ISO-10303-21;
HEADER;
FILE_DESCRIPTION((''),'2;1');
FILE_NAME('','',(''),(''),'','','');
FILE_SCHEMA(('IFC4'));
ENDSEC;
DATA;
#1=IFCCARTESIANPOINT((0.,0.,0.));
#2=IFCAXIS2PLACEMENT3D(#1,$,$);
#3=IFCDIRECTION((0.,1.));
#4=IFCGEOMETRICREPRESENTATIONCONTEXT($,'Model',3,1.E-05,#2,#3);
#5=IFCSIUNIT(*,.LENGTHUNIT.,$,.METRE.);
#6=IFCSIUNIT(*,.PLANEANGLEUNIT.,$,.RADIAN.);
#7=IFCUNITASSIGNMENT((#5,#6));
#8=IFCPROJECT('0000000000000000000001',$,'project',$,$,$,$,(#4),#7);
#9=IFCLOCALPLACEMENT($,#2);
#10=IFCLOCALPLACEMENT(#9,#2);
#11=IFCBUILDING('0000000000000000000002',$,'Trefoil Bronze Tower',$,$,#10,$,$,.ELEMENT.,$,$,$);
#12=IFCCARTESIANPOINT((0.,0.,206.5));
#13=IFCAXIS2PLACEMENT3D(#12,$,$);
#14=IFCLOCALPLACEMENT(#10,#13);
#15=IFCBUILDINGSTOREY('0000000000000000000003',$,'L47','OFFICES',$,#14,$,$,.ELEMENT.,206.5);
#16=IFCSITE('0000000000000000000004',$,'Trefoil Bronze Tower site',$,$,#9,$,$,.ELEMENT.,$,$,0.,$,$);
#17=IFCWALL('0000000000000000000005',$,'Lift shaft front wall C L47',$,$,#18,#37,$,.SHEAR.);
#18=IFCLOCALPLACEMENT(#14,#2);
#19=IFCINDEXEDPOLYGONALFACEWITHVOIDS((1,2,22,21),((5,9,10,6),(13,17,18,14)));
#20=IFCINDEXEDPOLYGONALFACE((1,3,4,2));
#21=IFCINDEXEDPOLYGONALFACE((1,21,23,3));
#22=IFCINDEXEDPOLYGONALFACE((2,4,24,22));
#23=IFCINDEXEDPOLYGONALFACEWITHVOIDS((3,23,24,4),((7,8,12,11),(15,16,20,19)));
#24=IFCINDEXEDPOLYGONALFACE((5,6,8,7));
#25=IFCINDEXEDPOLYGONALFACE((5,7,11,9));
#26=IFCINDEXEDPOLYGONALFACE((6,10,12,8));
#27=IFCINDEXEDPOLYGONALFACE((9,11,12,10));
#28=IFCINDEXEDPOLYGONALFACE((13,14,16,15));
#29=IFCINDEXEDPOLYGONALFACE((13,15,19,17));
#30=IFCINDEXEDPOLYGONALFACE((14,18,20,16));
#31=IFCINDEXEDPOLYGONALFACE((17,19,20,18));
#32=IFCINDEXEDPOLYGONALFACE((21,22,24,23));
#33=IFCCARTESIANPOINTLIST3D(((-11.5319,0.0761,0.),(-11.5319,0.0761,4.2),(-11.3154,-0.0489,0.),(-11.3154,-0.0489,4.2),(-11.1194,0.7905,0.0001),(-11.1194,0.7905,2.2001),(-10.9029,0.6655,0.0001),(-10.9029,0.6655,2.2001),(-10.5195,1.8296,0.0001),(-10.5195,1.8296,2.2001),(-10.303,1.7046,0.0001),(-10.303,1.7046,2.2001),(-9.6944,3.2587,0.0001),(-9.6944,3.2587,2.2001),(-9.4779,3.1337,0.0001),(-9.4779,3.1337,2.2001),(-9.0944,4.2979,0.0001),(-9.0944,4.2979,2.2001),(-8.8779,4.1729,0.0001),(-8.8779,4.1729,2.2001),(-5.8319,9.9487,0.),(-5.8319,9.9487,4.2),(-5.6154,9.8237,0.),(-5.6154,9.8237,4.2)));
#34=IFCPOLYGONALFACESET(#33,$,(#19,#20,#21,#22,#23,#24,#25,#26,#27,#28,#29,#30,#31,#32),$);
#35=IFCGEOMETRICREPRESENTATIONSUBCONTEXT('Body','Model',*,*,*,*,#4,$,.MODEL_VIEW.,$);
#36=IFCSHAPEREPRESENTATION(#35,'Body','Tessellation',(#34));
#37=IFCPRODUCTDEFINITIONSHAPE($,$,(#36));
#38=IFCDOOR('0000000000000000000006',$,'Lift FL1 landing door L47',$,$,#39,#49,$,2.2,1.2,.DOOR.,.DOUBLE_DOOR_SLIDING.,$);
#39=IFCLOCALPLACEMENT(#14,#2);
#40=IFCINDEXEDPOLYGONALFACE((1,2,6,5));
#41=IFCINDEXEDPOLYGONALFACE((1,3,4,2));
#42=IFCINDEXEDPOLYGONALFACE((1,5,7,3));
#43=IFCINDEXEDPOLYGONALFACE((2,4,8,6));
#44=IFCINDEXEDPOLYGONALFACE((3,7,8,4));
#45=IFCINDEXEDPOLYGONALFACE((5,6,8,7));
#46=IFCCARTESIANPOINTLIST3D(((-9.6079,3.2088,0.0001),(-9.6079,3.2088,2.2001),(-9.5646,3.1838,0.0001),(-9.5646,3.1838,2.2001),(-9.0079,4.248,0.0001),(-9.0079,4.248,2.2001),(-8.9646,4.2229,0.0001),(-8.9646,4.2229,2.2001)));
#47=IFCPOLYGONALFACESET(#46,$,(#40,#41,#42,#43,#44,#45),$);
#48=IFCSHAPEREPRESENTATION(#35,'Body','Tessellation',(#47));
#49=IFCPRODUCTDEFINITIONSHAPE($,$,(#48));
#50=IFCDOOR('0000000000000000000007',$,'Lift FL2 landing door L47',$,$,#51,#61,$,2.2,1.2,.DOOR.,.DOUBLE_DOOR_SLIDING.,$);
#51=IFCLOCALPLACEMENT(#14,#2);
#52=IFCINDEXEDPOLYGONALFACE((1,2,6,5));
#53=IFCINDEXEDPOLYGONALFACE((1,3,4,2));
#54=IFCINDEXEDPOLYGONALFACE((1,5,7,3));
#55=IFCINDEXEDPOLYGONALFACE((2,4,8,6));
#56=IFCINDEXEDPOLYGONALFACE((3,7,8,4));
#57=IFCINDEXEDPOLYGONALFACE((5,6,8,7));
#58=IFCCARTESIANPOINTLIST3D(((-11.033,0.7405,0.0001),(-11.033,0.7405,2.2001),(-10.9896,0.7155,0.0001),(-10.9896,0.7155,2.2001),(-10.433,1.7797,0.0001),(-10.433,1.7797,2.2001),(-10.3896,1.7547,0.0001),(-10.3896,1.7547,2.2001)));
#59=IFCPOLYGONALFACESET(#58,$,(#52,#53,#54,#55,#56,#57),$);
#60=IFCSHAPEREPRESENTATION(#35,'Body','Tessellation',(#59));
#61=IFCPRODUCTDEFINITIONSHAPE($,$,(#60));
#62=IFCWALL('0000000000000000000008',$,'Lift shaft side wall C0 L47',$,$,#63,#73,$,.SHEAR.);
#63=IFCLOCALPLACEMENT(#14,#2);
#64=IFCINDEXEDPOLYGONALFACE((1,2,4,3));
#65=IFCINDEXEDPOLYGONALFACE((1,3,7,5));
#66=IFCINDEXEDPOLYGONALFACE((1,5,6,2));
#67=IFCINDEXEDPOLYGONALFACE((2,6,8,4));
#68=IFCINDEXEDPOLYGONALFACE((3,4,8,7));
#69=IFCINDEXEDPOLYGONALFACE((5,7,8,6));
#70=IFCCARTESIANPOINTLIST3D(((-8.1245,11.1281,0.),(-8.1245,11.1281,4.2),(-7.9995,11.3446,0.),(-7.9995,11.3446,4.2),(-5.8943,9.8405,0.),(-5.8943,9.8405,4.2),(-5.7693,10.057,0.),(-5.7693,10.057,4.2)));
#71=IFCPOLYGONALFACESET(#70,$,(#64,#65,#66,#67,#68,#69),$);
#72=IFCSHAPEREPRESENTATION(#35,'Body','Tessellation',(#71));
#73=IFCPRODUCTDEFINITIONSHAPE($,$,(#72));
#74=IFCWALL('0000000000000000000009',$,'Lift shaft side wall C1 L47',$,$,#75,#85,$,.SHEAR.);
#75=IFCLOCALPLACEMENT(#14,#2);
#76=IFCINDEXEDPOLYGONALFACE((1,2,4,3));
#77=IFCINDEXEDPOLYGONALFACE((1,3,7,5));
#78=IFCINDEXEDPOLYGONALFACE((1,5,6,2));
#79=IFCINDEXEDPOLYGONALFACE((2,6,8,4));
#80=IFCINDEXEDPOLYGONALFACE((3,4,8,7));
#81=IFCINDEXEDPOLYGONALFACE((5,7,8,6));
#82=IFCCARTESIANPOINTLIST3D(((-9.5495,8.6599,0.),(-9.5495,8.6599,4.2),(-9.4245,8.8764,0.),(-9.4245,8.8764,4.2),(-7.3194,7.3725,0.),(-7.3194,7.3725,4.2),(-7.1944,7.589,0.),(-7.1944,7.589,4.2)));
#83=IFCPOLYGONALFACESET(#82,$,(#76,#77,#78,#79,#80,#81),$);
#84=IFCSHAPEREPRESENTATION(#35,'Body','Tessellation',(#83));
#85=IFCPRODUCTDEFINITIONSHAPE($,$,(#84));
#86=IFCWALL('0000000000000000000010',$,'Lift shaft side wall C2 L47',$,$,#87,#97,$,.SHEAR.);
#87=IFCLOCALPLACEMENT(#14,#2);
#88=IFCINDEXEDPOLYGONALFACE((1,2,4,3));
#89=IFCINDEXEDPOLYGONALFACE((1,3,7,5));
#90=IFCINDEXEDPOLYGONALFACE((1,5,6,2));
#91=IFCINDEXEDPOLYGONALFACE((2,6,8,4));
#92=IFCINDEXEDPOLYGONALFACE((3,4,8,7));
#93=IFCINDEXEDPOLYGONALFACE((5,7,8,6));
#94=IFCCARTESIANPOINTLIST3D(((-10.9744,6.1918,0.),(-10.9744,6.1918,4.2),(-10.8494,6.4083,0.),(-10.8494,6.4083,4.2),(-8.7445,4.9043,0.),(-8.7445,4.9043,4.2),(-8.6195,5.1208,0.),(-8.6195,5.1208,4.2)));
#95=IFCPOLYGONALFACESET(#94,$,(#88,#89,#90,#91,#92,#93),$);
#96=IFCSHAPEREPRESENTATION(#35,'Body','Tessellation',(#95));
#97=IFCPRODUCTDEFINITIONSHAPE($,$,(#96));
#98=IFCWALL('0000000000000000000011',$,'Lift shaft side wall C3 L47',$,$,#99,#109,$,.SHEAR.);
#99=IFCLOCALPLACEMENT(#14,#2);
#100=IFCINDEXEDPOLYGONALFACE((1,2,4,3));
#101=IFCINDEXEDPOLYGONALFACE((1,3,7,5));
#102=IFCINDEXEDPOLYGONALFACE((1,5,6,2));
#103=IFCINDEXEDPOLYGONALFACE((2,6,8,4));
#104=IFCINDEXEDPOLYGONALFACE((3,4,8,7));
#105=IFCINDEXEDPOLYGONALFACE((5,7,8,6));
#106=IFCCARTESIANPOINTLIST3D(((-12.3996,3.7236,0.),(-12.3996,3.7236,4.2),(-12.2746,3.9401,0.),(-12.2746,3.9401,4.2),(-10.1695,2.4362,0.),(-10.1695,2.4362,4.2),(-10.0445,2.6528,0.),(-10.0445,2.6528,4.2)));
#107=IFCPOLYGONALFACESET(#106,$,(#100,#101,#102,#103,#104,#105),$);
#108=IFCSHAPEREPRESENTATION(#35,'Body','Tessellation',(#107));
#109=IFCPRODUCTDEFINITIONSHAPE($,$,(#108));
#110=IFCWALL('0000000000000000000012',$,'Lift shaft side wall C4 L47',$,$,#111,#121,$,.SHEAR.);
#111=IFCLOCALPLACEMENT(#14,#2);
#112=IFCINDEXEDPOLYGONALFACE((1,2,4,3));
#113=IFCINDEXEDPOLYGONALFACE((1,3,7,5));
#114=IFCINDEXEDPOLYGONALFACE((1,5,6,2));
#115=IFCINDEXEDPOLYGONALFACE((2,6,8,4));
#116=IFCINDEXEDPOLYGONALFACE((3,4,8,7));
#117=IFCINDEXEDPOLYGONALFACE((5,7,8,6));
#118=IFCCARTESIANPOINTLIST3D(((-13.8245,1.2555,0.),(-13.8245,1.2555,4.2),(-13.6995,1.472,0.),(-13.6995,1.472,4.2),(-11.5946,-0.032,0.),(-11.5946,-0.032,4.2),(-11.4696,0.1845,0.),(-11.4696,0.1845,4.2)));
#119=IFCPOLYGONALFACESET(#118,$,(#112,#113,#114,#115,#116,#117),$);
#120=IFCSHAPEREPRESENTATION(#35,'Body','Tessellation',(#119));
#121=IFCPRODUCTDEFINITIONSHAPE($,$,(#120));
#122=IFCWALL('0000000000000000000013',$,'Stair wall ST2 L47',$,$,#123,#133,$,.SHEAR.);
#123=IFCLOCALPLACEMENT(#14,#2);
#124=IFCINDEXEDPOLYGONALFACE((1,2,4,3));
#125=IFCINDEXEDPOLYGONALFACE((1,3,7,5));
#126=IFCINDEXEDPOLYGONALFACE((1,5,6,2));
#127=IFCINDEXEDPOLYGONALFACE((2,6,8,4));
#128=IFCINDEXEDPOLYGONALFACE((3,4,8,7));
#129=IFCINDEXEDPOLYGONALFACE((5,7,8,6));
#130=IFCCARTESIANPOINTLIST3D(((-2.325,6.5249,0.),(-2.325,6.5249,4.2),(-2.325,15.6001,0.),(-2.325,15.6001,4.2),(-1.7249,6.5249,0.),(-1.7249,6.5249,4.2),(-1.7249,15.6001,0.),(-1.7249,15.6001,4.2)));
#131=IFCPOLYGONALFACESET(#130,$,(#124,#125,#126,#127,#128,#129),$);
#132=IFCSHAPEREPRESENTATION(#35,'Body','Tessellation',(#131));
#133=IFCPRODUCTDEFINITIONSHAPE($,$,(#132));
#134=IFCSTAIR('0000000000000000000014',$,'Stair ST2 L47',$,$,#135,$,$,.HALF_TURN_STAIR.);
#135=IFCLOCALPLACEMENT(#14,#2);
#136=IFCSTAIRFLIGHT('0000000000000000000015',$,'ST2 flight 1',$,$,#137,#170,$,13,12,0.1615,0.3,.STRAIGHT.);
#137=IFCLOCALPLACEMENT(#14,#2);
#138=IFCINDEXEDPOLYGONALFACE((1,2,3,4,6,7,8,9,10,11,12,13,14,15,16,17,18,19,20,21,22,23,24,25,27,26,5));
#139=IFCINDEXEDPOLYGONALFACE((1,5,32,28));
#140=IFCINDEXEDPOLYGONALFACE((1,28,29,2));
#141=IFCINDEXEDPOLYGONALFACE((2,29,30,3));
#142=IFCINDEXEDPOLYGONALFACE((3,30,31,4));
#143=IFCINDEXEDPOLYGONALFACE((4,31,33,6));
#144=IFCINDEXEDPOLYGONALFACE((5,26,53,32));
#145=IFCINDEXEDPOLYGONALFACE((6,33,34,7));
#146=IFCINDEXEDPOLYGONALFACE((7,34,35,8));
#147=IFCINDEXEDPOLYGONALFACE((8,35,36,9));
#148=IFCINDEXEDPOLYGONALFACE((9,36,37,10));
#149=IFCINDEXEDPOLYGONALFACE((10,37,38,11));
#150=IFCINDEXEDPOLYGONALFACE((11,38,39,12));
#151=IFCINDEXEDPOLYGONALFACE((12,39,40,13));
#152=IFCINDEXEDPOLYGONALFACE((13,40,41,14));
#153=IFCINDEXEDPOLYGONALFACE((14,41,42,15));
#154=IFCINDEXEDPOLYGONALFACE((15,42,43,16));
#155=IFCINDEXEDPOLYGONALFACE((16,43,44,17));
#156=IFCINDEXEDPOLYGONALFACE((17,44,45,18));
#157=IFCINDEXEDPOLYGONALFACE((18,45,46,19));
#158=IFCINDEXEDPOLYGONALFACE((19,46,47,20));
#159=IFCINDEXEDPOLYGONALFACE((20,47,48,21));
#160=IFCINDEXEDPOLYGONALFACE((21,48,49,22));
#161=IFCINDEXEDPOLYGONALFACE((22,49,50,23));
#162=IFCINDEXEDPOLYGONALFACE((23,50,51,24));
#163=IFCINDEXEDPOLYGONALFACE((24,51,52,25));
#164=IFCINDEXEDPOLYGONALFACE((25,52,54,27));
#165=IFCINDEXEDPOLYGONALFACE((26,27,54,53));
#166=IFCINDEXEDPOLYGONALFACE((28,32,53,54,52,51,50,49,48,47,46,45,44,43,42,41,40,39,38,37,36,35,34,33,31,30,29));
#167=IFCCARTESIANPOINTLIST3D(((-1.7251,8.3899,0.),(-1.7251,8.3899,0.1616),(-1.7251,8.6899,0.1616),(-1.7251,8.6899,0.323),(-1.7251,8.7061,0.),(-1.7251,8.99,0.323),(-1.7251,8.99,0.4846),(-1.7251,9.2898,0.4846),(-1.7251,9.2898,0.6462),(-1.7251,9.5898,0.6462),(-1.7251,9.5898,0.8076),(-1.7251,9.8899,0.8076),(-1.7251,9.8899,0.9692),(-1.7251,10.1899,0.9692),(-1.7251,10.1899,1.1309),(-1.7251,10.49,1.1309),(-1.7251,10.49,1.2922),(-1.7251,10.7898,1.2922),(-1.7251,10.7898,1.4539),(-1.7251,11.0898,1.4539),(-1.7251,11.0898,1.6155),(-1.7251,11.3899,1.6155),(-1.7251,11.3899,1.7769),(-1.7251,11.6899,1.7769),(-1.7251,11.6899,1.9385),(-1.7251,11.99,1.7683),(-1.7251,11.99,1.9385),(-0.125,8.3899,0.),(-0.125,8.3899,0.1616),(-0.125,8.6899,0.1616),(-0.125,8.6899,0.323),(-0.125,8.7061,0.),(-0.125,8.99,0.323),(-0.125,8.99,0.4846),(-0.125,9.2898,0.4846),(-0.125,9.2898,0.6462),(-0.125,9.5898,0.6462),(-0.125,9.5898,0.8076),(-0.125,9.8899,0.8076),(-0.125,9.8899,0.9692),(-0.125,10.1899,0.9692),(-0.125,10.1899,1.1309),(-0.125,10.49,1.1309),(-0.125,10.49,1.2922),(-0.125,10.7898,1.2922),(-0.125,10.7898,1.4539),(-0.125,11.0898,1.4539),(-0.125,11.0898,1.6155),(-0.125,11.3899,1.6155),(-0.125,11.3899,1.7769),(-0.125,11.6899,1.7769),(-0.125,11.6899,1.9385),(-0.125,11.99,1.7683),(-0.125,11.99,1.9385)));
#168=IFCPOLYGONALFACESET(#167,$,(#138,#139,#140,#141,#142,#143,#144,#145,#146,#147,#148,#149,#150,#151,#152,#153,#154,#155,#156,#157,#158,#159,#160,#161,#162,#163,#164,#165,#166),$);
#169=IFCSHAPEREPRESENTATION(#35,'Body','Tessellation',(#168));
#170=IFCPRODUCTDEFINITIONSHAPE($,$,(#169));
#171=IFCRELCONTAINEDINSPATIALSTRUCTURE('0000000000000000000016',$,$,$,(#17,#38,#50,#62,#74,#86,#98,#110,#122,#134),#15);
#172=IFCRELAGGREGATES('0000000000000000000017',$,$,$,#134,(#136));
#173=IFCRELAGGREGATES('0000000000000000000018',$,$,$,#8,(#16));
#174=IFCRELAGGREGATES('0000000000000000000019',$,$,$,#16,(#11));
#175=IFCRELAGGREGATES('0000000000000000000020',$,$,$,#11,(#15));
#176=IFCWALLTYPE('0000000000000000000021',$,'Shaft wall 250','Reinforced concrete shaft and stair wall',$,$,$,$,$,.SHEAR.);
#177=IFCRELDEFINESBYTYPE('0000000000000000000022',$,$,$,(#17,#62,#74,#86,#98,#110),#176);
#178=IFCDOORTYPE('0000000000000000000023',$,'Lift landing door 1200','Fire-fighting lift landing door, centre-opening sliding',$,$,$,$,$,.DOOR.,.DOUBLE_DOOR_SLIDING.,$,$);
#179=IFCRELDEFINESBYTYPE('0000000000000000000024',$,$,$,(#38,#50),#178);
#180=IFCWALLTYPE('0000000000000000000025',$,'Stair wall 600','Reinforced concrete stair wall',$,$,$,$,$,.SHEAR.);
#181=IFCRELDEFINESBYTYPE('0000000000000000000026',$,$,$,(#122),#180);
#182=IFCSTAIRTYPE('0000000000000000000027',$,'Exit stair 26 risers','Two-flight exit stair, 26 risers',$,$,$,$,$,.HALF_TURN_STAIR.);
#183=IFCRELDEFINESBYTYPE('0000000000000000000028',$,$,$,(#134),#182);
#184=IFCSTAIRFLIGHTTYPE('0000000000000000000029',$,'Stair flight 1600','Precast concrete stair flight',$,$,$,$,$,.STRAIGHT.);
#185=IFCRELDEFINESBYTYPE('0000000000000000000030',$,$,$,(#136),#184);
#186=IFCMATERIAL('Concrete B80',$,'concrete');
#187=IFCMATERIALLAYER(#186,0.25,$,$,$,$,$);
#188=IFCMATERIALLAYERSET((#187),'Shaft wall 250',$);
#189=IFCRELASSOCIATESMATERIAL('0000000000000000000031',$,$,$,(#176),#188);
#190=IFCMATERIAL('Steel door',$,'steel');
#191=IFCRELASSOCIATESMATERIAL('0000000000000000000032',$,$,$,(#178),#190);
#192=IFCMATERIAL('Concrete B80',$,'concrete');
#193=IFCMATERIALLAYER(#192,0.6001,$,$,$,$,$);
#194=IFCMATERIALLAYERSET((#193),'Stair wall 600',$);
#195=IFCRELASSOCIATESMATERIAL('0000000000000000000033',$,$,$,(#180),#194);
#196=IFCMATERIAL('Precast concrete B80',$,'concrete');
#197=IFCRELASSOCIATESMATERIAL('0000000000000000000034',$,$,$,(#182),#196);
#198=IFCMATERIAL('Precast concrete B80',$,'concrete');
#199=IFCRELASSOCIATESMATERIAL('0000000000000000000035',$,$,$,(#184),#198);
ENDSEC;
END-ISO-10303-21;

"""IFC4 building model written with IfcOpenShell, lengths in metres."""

from ifc_helpers import new_model, si_unit, direction, frame, frame_2d, origin, place, context, subcontext, project, spatial, polyline, rectangle, outline, extrude, material, layer, layer_set, type_object, element, fill, aggregate, save


model = new_model("IFC4")

# Units and contexts
model_context = context("Model", 3, precision=1e-05, world=origin(), true_north=direction((0.0, 1.0)))
body_context = subcontext(model_context, "Body", "Model", "MODEL_VIEW")
ifc_project = project(units=[si_unit("LENGTHUNIT", "METRE"), si_unit("PLANEANGLEUNIT", "RADIAN")], contexts=[model_context])

# Site, building, storey
site_placement = place(None, origin())
site = spatial("IfcSite", under=ifc_project, at=site_placement, Name="Trefoil Bronze Tower site", CompositionType="ELEMENT", RefElevation=0.0)
building_placement = place(site_placement, origin())
building = spatial("IfcBuilding", under=site, at=building_placement, Name="Trefoil Bronze Tower", CompositionType="ELEMENT")
storey_placement = place(building_placement, frame((0.0, 0.0, 206.5)))
storey = spatial("IfcBuildingStorey", under=building, at=storey_placement, Name="L47", Description="OFFICES", CompositionType="ELEMENT", Elevation=206.5)

# Wall, openings, doors
ifc_material_1 = material(Name="Concrete B80", Category="concrete")
ifc_layer_1 = layer(ifc_material_1, 0.25)
ifc_layer_set_1 = layer_set([ifc_layer_1], Name="Shaft wall 250")
wall_type_1 = type_object("IfcWallType", Name="Shaft wall 250", Description="Reinforced concrete shaft and stair wall", PredefinedType="SHEAR", material=ifc_layer_set_1)
wall_1_placement = place(storey_placement, frame((-5.7236, 9.8862, 0.0), z_axis=(0.0, 0.0, 1.0), x_axis=(-0.500002, -0.866024, 0.0)))
wall_1 = element("IfcWall", 1, at=wall_1_placement, inside=storey, type_object=wall_type_1, Name="Lift shaft front wall C L47", PredefinedType="SHEAR", context=body_context, shape_type="SweptSolid", body=[
    extrude(rectangle(XDim=11.3999, YDim=0.25, at=frame_2d((5.7, 0.0))), origin(), (0.0, 0.0, 1.0), 4.2),
])
opening_1_placement = place(wall_1_placement, frame((6.5249, 0.0, 0.0)))
opening_1 = element("IfcOpeningElement", 2, at=opening_1_placement, cuts=wall_1, PredefinedType="OPENING", context=body_context, shape_type="SweptSolid", body=[
    extrude(rectangle(XDim=1.2, YDim=2.2, at=frame_2d((0.6001, 1.1001))), frame((0.0, 0.135, 0.0), z_axis=(0.0, -1.0, 0.0), x_axis=(1.0, 0.0, 0.0)), (0.0, 0.0, 1.0), 0.27),
])
opening_2_placement = place(wall_1_placement, frame((9.375, 0.0, 0.0)))
opening_2 = element("IfcOpeningElement", 3, at=opening_2_placement, cuts=wall_1, PredefinedType="OPENING", context=body_context, shape_type="SweptSolid", body=[
    extrude(rectangle(XDim=1.2, YDim=2.2, at=frame_2d((0.6001, 1.1001))), frame((0.0, 0.135, 0.0), z_axis=(0.0, -1.0, 0.0), x_axis=(1.0, 0.0, 0.0)), (0.0, 0.0, 1.0), 0.27),
])
ifc_material_2 = material(Name="Steel door", Category="steel")
door_type_1 = type_object("IfcDoorType", Name="Lift landing door 1200", Description="Fire-fighting lift landing door, centre-opening sliding", OperationType="DOUBLE_DOOR_SLIDING", PredefinedType="DOOR", material=ifc_material_2)
door_1_placement = place(opening_1_placement, origin())
door_1 = element("IfcDoor", 4, at=door_1_placement, inside=storey, type_object=door_type_1, Name="Lift FL1 landing door L47", OperationType="DOUBLE_DOOR_SLIDING", OverallHeight=2.2, OverallWidth=1.2, PredefinedType="DOOR", context=body_context, shape_type="SweptSolid", body=[
    extrude(rectangle(XDim=1.2, YDim=2.2, at=frame_2d((0.6001, 1.1001))), frame((0.0, 0.0249, 0.0), z_axis=(0.0, -1.0, 0.0), x_axis=(1.0, 0.0, 0.0)), (0.0, 0.0, 1.0), 0.05),
])
fill(opening_1, door_1)
door_2_placement = place(opening_2_placement, origin())
door_2 = element("IfcDoor", 5, at=door_2_placement, inside=storey, type_object=door_type_1, Name="Lift FL2 landing door L47", OperationType="DOUBLE_DOOR_SLIDING", OverallHeight=2.2, OverallWidth=1.2, PredefinedType="DOOR", context=body_context, shape_type="SweptSolid", body=[
    extrude(rectangle(XDim=1.2, YDim=2.2, at=frame_2d((0.6001, 1.1001))), frame((0.0, 0.0249, 0.0), z_axis=(0.0, -1.0, 0.0), x_axis=(1.0, 0.0, 0.0)), (0.0, 0.0, 1.0), 0.05),
])
fill(opening_2, door_2)

# Walls
wall_2_placement = place(storey_placement, frame((-5.8318, 9.9487, 0.0), z_axis=(0.0, 0.0, 1.0), x_axis=(-0.866029, 0.499993, 0.0)))
element("IfcWall", 6, at=wall_2_placement, inside=storey, type_object=wall_type_1, Name="Lift shaft side wall C0 L47", PredefinedType="SHEAR", context=body_context, shape_type="SweptSolid", body=[
    extrude(rectangle(XDim=2.5752, YDim=0.25, at=frame_2d((1.2876, 0.0))), origin(), (0.0, 0.0, 1.0), 4.2),
])
for number, where, z_axis, x_axis, name in (
    (7, (-7.2568, 7.4807, 0.0), (0.0, 0.0, 1.0), (-0.866047, 0.499963, 0.0), "Lift shaft side wall C1 L47"),
    (8, (-8.6819, 5.0125, 0.0), (0.0, 0.0, 1.0), (-0.866006, 0.500034, 0.0), "Lift shaft side wall C2 L47"),
    (9, (-10.1069, 2.5444, 0.0), (0.0, 0.0, 1.0), (-0.866047, 0.499963, 0.0), "Lift shaft side wall C3 L47"),
    (10, (-11.532, 0.0762, 0.0), (0.0, 0.0, 1.0), (-0.866006, 0.500034, 0.0), "Lift shaft side wall C4 L47"),
):
    element("IfcWall", number, at=place(storey_placement, frame(where, z_axis=z_axis, x_axis=x_axis)), inside=storey, type_object=wall_type_1, Name=name, PredefinedType="SHEAR", context=body_context, shape_type="SweptSolid", body=[
        extrude(rectangle(XDim=2.575, YDim=0.25, at=frame_2d((1.2876, 0.0))), origin(), (0.0, 0.0, 1.0), 4.2),
    ])
ifc_material_3 = material(Name="Concrete B80", Category="concrete")
ifc_layer_2 = layer(ifc_material_3, 0.6001)
ifc_layer_set_2 = layer_set([ifc_layer_2], Name="Stair wall 600")
wall_type_2 = type_object("IfcWallType", Name="Stair wall 600", Description="Reinforced concrete stair wall", PredefinedType="SHEAR", material=ifc_layer_set_2)
wall_3_placement = place(storey_placement, frame((-2.0249, 6.5249, 0.0), z_axis=(0.0, 0.0, 1.0), x_axis=(0.0, 1.0, 0.0)))
element("IfcWall", 11, at=wall_3_placement, inside=storey, type_object=wall_type_2, Name="Stair wall ST2 L47", PredefinedType="SHEAR", context=body_context, shape_type="SweptSolid", body=[
    extrude(rectangle(XDim=9.0752, YDim=0.6001, at=frame_2d((4.5376, 0.0))), origin(), (0.0, 0.0, 1.0), 4.2),
])

# Stair, stair flight
ifc_material_4 = material(Name="Precast concrete B80", Category="concrete")
stair_type = type_object("IfcStairType", Name="Exit stair 26 risers", Description="Two-flight exit stair, 26 risers", PredefinedType="HALF_TURN_STAIR", material=ifc_material_4)
stair_placement = place(storey_placement, origin())
stair = element("IfcStair", 12, at=stair_placement, inside=storey, type_object=stair_type, Name="Stair ST2 L47", PredefinedType="HALF_TURN_STAIR")
ifc_material_5 = material(Name="Precast concrete B80", Category="concrete")
stair_flight_type = type_object("IfcStairFlightType", Name="Stair flight 1600", Description="Precast concrete stair flight", PredefinedType="STRAIGHT", material=ifc_material_5)
stair_flight_placement = place(storey_placement, frame((-0.925, 8.3899, 0.0), z_axis=(0.0, 0.0, 1.0), x_axis=(0.0, 1.0, 0.0)))
stair_flight = element("IfcStairFlight", 13, at=stair_flight_placement, type_object=stair_flight_type, Name="ST2 flight 1", NumberOfRisers=13, NumberOfTreads=12, PredefinedType="STRAIGHT", RiserHeight=0.1615, TreadLength=0.3, context=body_context, shape_type="SweptSolid", body=[
    extrude(outline(polyline([(0.0, 0.0), (0.0, 0.1616), (0.3, 0.1616), (0.3, 0.323), (0.6001, 0.323), (0.6001, 0.4846), (0.8999, 0.4846), (0.8999, 0.6462), (1.2, 0.6462), (1.2, 0.8076), (1.5, 0.8076), (1.5, 0.9692), (1.8, 0.9692), (1.8, 1.1309), (2.1001, 1.1309), (2.1001, 1.2922), (2.3999, 1.2922), (2.3999, 1.4539), (2.7, 1.4539), (2.7, 1.6155), (3.0, 1.6155), (3.0, 1.7769), (3.3, 1.7769), (3.3, 1.9385), (3.6001, 1.9385), (3.6001, 2.1001), (3.6001, 1.7683), (0.3162, 0.0), (0.0, 0.0)])), frame((0.0, 0.8, 0.0), z_axis=(0.0, -1.0, 0.0), x_axis=(1.0, 0.0, 0.0)), (0.0, 0.0, 1.0), 1.6001),
])
aggregate(stair, [stair_flight])

save(model, "model.ifc")
